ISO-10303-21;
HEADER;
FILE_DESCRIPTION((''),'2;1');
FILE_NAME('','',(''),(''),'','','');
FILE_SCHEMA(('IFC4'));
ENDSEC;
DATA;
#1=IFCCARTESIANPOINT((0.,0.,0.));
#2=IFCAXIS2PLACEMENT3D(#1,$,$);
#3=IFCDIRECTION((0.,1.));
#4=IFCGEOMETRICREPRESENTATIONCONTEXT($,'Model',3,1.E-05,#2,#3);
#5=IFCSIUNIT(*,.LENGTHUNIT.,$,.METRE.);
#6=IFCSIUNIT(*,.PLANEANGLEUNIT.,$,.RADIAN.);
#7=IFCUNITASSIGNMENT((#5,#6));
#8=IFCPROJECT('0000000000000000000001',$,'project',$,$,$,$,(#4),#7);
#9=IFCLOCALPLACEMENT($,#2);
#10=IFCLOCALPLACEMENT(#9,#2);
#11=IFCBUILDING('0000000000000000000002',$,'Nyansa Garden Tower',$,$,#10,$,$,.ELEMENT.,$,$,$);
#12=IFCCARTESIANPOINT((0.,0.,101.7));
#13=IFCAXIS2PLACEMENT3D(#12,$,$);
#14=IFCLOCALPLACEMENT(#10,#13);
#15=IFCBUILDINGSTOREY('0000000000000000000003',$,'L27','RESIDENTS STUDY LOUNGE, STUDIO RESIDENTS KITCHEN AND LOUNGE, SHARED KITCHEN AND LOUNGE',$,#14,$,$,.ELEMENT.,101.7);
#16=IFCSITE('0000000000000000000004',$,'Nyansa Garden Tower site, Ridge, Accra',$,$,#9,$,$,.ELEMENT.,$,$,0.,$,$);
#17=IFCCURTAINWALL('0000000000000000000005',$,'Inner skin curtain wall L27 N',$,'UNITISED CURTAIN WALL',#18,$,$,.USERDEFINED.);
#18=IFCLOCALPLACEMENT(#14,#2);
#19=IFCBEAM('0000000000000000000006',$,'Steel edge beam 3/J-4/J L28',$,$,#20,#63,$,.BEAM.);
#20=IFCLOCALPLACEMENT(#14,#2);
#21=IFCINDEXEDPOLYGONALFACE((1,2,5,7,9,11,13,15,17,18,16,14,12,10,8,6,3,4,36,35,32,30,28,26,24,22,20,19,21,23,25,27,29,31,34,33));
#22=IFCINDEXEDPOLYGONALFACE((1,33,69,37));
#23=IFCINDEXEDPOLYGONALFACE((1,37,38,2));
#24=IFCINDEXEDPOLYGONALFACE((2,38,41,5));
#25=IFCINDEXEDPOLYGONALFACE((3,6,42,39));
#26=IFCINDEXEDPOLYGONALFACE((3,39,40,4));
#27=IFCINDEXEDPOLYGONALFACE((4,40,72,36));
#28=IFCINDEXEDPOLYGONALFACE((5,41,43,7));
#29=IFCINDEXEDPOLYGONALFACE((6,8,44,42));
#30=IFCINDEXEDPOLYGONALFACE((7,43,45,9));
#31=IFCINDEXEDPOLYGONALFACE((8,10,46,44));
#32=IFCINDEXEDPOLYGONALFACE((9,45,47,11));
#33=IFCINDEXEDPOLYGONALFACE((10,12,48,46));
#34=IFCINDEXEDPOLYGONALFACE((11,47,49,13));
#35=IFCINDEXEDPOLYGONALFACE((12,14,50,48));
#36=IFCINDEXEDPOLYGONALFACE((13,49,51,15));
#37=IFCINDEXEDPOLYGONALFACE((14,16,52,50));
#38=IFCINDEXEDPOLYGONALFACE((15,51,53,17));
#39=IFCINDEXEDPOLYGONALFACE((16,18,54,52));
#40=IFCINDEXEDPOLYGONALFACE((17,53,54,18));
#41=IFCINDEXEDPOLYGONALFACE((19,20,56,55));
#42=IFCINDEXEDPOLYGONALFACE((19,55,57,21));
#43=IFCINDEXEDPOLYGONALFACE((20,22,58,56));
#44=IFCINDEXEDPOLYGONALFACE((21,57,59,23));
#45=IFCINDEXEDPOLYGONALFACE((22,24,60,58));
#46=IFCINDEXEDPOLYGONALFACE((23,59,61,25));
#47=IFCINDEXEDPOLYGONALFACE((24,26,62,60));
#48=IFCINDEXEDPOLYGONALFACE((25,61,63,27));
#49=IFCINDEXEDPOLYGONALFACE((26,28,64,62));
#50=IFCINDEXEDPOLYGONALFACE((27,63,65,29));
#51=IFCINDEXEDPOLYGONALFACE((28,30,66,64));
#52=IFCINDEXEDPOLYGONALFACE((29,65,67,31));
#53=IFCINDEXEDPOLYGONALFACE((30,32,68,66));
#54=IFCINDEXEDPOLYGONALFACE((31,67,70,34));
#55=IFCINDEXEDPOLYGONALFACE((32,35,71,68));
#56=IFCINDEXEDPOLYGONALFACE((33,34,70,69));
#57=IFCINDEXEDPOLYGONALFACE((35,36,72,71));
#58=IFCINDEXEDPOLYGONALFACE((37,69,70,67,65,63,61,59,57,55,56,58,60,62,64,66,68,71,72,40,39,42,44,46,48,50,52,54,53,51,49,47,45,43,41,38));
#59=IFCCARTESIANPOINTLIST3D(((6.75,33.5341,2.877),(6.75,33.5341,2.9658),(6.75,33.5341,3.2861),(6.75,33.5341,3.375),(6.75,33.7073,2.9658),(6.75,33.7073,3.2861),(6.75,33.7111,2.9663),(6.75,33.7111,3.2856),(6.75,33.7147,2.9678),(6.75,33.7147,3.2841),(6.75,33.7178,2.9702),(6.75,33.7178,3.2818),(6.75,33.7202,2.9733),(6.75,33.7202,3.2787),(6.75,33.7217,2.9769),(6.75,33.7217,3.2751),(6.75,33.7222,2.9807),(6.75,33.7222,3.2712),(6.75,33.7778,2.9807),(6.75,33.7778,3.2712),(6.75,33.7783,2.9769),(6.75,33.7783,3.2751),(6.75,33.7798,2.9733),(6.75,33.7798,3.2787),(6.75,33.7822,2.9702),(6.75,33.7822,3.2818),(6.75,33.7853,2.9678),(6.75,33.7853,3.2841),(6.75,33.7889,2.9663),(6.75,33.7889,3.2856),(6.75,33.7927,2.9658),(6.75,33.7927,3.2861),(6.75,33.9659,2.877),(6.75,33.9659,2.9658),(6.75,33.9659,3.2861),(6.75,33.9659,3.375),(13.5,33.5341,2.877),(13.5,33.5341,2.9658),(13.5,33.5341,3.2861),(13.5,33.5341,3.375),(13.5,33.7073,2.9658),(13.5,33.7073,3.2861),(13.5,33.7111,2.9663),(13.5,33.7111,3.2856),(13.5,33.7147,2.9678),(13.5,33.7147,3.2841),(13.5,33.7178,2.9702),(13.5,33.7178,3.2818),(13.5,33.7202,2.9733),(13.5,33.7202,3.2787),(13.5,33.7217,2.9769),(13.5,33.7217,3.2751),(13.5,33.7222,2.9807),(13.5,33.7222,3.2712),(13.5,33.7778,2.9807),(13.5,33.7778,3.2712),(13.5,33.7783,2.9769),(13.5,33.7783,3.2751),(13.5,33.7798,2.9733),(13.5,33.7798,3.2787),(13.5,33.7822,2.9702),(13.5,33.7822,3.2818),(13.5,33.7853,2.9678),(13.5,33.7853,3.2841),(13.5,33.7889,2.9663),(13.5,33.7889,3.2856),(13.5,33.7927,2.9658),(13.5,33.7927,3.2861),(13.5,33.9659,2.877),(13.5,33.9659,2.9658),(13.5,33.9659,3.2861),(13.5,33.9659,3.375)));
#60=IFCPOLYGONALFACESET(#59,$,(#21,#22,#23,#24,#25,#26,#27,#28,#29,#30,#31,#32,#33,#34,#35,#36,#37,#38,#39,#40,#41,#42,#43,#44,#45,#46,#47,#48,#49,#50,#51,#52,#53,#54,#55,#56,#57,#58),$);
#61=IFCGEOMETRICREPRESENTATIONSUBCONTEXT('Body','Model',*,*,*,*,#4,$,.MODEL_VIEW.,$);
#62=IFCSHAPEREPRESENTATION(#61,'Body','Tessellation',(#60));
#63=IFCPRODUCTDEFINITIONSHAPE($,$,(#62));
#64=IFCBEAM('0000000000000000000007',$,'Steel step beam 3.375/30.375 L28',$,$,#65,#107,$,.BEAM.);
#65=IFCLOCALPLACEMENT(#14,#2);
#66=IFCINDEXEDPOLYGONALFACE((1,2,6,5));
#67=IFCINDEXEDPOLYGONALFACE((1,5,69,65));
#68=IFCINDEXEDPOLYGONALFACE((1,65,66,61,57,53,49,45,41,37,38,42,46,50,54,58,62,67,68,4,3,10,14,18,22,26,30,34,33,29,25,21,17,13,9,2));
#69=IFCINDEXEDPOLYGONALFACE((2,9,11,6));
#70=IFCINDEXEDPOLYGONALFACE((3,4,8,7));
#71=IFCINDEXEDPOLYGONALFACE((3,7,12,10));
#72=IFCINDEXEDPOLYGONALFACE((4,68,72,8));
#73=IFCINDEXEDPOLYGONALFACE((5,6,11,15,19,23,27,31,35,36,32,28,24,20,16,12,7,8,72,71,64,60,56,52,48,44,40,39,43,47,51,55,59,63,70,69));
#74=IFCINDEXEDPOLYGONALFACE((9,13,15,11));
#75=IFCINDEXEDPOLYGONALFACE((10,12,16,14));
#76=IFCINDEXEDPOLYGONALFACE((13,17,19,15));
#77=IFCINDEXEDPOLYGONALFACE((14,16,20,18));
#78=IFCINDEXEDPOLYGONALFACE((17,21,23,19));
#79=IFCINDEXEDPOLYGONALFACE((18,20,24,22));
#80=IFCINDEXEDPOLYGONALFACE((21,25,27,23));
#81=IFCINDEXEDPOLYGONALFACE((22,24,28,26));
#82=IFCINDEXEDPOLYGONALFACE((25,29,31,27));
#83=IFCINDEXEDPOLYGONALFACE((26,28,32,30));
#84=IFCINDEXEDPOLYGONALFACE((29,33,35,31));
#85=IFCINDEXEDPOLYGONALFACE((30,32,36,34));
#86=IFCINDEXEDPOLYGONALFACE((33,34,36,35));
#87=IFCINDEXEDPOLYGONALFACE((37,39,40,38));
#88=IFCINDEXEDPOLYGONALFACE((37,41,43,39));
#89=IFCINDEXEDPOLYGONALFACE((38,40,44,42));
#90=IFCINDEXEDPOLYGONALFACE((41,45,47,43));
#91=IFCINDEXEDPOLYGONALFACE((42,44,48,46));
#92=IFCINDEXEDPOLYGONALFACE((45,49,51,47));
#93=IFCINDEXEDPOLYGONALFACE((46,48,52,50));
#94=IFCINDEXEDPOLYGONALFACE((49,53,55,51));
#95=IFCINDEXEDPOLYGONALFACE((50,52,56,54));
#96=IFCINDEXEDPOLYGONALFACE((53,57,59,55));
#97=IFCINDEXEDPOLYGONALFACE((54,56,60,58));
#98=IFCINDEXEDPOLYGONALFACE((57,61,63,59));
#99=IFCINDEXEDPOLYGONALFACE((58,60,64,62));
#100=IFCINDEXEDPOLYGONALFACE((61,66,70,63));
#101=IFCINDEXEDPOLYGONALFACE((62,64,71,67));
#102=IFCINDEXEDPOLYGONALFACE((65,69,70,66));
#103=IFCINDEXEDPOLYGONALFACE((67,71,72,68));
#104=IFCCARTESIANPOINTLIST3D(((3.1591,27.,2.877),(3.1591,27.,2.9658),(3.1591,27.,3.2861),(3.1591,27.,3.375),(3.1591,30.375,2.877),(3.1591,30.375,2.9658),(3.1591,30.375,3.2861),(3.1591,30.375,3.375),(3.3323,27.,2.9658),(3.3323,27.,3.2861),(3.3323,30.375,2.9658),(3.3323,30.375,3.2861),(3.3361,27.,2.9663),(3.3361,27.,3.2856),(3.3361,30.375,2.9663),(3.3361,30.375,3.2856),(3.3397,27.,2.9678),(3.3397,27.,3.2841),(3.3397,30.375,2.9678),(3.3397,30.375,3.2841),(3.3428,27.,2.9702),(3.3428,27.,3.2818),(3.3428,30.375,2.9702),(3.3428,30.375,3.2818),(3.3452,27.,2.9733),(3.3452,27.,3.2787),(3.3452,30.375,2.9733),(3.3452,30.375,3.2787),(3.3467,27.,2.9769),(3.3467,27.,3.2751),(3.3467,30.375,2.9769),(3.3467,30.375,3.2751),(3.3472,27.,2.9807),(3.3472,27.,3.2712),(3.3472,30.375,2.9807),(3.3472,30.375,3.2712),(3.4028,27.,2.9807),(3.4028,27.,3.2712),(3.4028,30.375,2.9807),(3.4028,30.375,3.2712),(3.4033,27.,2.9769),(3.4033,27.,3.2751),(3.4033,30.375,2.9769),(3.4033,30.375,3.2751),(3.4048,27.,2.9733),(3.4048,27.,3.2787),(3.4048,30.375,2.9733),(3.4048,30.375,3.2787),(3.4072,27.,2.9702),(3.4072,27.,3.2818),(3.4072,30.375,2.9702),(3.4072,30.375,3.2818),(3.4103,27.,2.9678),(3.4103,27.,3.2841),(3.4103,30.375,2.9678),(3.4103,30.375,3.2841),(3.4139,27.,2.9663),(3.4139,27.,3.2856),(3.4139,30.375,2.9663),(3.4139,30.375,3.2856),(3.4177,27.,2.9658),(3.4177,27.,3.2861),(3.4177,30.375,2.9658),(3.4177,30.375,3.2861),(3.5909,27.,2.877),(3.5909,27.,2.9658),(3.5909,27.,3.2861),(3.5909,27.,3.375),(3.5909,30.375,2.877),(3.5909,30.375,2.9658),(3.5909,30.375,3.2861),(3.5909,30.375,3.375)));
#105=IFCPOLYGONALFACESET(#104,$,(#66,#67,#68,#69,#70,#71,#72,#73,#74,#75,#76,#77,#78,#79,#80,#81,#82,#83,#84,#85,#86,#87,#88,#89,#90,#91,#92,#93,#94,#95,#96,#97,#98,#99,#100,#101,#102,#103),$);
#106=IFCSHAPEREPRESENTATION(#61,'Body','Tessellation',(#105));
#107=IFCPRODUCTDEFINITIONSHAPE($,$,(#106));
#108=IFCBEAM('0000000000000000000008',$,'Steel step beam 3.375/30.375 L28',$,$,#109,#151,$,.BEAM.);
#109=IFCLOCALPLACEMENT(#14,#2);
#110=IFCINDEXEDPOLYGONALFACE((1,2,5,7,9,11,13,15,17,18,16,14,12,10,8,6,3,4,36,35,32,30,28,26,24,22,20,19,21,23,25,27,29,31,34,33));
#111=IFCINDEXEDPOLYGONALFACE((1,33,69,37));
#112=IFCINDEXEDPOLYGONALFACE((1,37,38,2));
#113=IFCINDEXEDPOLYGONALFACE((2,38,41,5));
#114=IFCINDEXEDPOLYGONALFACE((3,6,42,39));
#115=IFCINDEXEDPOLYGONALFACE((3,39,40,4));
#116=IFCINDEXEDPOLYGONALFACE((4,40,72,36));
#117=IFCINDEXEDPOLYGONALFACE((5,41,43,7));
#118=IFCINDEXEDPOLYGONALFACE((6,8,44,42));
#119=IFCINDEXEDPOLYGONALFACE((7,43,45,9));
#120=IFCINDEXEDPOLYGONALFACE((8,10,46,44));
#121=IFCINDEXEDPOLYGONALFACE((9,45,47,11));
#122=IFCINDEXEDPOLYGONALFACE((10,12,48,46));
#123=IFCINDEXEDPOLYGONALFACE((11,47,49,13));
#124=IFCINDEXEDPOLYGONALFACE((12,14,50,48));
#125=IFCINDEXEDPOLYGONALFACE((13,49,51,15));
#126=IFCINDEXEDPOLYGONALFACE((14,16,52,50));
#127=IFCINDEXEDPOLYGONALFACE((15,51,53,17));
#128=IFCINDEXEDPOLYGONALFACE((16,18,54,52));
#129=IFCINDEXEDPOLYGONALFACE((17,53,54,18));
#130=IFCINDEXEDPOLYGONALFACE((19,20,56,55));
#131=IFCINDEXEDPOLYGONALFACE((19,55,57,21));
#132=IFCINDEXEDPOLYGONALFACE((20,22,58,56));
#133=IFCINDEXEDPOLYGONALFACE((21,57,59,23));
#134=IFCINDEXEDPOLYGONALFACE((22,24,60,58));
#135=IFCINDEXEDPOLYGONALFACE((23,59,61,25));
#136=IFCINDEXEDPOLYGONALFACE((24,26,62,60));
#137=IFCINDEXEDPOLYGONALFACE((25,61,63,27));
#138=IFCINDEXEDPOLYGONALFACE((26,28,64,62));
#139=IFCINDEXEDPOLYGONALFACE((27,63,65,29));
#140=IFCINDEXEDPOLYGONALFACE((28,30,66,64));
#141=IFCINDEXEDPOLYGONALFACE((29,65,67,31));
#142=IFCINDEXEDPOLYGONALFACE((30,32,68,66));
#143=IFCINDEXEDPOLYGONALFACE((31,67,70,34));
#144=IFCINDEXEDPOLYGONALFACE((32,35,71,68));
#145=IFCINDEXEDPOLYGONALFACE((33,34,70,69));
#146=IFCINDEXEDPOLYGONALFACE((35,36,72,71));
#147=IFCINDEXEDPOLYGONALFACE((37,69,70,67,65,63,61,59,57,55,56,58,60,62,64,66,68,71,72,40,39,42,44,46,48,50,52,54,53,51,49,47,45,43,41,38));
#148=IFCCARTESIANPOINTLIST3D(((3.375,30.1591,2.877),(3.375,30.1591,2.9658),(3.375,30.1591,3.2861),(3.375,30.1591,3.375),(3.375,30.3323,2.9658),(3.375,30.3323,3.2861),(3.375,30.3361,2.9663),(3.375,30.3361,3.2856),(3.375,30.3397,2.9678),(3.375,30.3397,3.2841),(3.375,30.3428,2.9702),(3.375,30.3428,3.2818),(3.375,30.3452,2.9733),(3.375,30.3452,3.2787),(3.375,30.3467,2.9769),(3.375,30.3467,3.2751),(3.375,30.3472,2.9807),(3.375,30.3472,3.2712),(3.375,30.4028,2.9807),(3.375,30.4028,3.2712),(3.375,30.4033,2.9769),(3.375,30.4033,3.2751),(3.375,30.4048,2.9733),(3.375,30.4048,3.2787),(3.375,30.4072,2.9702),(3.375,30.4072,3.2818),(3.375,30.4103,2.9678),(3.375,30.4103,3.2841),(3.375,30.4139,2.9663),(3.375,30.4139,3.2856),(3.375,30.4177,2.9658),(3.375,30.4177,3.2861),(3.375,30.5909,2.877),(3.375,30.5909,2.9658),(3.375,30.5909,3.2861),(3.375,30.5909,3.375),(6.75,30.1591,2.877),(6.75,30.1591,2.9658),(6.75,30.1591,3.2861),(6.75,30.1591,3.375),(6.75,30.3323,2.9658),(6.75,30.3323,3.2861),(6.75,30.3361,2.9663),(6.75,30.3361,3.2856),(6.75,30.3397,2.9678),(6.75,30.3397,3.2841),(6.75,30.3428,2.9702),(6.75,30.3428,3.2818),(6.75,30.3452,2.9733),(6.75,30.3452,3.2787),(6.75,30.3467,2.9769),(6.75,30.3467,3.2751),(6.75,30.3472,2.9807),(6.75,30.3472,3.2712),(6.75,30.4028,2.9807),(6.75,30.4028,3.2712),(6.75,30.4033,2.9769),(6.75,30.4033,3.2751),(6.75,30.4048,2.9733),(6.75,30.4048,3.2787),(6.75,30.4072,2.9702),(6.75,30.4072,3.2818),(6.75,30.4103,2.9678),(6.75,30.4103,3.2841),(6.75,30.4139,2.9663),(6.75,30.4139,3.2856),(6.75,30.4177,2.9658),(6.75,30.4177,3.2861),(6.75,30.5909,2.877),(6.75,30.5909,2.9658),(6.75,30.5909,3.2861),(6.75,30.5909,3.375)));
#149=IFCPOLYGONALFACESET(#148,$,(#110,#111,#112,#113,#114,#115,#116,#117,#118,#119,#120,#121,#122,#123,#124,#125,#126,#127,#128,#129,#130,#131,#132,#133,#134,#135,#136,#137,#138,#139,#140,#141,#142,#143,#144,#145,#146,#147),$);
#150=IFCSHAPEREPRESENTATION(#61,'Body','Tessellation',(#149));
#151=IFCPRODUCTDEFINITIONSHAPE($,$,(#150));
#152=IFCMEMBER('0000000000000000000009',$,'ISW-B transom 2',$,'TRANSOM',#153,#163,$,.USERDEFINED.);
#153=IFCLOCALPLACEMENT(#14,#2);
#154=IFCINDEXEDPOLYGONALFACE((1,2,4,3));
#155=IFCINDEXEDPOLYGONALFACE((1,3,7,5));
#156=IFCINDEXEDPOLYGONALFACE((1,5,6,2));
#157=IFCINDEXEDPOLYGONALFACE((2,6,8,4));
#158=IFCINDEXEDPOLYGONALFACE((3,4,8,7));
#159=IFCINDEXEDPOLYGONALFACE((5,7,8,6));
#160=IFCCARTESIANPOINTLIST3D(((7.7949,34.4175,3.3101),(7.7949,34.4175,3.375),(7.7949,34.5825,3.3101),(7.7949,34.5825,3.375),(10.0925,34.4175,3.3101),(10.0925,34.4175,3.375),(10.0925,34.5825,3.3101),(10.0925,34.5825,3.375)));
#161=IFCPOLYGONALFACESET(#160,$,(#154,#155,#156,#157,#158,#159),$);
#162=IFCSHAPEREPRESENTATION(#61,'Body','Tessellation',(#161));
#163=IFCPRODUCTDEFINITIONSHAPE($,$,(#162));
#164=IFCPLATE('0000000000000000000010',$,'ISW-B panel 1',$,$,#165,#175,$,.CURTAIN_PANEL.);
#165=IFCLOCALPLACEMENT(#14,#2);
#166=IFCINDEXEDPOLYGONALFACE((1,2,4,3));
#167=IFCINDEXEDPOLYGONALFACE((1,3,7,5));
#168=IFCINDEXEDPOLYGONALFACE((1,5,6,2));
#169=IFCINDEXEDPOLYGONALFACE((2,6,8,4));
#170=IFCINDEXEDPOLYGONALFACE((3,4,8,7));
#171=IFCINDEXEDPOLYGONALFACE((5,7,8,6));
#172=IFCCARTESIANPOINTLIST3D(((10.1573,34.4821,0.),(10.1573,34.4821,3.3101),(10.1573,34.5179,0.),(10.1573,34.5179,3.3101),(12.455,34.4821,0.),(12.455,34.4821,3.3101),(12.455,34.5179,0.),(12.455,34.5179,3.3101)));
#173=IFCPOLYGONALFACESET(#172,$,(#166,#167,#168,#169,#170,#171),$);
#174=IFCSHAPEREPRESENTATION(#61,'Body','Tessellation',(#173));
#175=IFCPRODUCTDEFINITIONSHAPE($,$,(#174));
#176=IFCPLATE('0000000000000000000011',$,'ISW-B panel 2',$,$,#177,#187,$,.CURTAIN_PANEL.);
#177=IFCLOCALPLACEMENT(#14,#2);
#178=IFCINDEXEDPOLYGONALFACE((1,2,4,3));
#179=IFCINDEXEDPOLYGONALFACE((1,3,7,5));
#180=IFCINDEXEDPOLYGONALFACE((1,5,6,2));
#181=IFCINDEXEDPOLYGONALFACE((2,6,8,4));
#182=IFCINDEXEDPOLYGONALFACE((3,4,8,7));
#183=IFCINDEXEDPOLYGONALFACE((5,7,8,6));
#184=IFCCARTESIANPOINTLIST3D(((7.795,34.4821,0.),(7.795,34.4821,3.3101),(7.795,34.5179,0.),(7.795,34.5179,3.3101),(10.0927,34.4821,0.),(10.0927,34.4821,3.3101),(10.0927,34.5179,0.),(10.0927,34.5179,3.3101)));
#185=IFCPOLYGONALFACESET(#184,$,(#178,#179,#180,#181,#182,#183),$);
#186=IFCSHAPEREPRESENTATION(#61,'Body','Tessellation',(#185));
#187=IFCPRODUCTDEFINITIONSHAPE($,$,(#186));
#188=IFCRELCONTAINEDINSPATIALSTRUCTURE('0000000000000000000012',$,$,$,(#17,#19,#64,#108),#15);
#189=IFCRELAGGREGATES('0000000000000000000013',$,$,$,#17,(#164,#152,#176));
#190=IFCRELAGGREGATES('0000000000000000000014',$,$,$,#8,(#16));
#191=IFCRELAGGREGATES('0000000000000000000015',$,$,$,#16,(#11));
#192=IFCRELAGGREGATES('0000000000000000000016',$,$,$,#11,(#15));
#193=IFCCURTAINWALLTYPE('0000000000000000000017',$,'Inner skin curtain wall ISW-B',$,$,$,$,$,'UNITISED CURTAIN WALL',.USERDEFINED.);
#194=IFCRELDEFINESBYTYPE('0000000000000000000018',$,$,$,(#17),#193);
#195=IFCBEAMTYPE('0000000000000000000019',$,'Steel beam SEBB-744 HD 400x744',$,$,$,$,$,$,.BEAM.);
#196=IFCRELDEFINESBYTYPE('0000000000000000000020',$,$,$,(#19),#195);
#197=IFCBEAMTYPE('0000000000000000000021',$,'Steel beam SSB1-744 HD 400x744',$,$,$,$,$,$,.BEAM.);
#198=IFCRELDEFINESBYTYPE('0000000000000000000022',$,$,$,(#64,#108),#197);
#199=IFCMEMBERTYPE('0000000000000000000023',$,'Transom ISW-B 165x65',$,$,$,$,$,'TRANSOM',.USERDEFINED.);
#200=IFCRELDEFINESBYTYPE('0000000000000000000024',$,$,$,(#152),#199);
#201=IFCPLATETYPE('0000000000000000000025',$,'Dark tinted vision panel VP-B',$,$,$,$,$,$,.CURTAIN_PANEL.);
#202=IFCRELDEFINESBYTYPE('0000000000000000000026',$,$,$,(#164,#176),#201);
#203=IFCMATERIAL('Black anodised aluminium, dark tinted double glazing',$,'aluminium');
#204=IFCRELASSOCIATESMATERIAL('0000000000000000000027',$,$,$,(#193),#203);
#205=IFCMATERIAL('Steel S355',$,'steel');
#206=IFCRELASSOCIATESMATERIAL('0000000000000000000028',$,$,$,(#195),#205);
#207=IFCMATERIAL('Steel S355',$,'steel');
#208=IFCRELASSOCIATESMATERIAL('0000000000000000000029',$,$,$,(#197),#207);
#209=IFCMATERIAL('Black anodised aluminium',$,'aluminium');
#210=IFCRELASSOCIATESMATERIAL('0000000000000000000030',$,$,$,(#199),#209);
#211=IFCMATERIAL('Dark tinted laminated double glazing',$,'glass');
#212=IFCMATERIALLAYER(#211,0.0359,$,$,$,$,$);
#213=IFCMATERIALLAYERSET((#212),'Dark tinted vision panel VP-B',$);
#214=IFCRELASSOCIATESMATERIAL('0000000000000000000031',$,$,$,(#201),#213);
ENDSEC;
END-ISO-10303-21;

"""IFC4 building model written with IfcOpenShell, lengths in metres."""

from ifc_helpers import new_model, si_unit, direction, frame, origin, origin_2d, place, context, subcontext, project, spatial, rectangle, i_section, extrude, material, layer, layer_set, material_profile, profile_set, type_object, element, aggregate, save


model = new_model("IFC4")

# Units and contexts
model_context = context("Model", 3, precision=1e-05, world=origin(), true_north=direction((0.0, 1.0)))
body_context = subcontext(model_context, "Body", "Model", "MODEL_VIEW")
ifc_project = project(units=[si_unit("LENGTHUNIT", "METRE"), si_unit("PLANEANGLEUNIT", "RADIAN")], contexts=[model_context])

# Site, building, storey
site_placement = place(None, origin())
site = spatial("IfcSite", under=ifc_project, at=site_placement, Name="Nyansa Garden Tower site, Ridge, Accra", CompositionType="ELEMENT", RefElevation=0.0)
building_placement = place(site_placement, origin())
building = spatial("IfcBuilding", under=site, at=building_placement, Name="Nyansa Garden Tower", CompositionType="ELEMENT")
storey_placement = place(building_placement, frame((0.0, 0.0, 101.7)))
storey = spatial("IfcBuildingStorey", under=building, at=storey_placement, Name="L27", Description="RESIDENTS STUDY LOUNGE, STUDIO RESIDENTS KITCHEN AND LOUNGE, SHARED KITCHEN AND LOUNGE", CompositionType="ELEMENT", Elevation=101.7)

# Curtain wall
ifc_material_1 = material(Name="Black anodised aluminium, dark tinted double glazing", Category="aluminium")
curtain_wall_type = type_object("IfcCurtainWallType", Name="Inner skin curtain wall ISW-B", ElementType="UNITISED CURTAIN WALL", PredefinedType="USERDEFINED", material=ifc_material_1)
curtain_wall_placement = place(storey_placement, origin())
curtain_wall = element("IfcCurtainWall", 1, at=curtain_wall_placement, inside=storey, type_object=curtain_wall_type, Name="Inner skin curtain wall L27 N", ObjectType="UNITISED CURTAIN WALL", PredefinedType="USERDEFINED")

# Beams
ifc_material_2 = material(Name="Steel S355", Category="steel")
ifc_material_profile_1 = material_profile(ifc_material_2, i_section(OverallWidth=0.4319, OverallDepth=0.498, WebThickness=0.0557, FlangeThickness=0.0889, FilletRadius=0.0149, at=origin_2d()), Name="HD 400x744")
ifc_profile_set_1 = profile_set([ifc_material_profile_1], Name="Steel S355")
beam_type_1 = type_object("IfcBeamType", Name="Steel beam SEBB-744 HD 400x744", PredefinedType="BEAM", material=ifc_profile_set_1)
beam_1_placement = place(storey_placement, frame((6.75, 33.75, 3.126), z_axis=(1.0, 0.0, 0.0), x_axis=(0.0, 1.0, 0.0)))
element("IfcBeam", 2, at=beam_1_placement, inside=storey, type_object=beam_type_1, Name="Steel edge beam 3/J-4/J L28", PredefinedType="BEAM", context=body_context, shape_type="SweptSolid", body=[
    extrude(i_section(OverallWidth=0.4319, OverallDepth=0.498, WebThickness=0.0557, FlangeThickness=0.0889, FilletRadius=0.0149, at=origin_2d()), origin(), (0.0, 0.0, 1.0), 6.75),
])
ifc_material_3 = material(Name="Steel S355", Category="steel")
ifc_material_profile_2 = material_profile(ifc_material_3, i_section(OverallWidth=0.4319, OverallDepth=0.498, WebThickness=0.0557, FlangeThickness=0.0889, FilletRadius=0.0149, at=origin_2d()), Name="HD 400x744")
ifc_profile_set_2 = profile_set([ifc_material_profile_2], Name="Steel S355")
beam_type_2 = type_object("IfcBeamType", Name="Steel beam SSB1-744 HD 400x744", PredefinedType="BEAM", material=ifc_profile_set_2)
for number, where, z_axis, x_axis, name in (
    (3, (3.375, 30.375, 3.126), (0.0, -1.0, 0.0), (1.0, 0.0, 0.0), "Steel step beam 3.375/30.375 L28"),
    (4, (3.375, 30.375, 3.126), (1.0, 0.0, 0.0), (0.0, 1.0, 0.0), "Steel step beam 3.375/30.375 L28"),
):
    element("IfcBeam", number, at=place(storey_placement, frame(where, z_axis=z_axis, x_axis=x_axis)), inside=storey, type_object=beam_type_2, Name=name, PredefinedType="BEAM", context=body_context, shape_type="SweptSolid", body=[
        extrude(i_section(OverallWidth=0.4319, OverallDepth=0.498, WebThickness=0.0557, FlangeThickness=0.0889, FilletRadius=0.0149, at=origin_2d()), origin(), (0.0, 0.0, 1.0), 3.375),
    ])

# Member
ifc_material_4 = material(Name="Black anodised aluminium", Category="aluminium")
ifc_material_profile_3 = material_profile(ifc_material_4, rectangle(XDim=0.165, YDim=0.0649, at=origin_2d()), Name="Transom 165x65")
ifc_profile_set_3 = profile_set([ifc_material_profile_3], Name="Black anodised aluminium")
member_type_1 = type_object("IfcMemberType", Name="Transom ISW-B 165x65", ElementType="TRANSOM", PredefinedType="USERDEFINED", material=ifc_profile_set_3)
member_1_placement = place(storey_placement, frame((10.0925, 34.5, 3.3425), z_axis=(-1.0, 0.0, 0.0), x_axis=(0.0, -1.0, 0.0)))
member_1 = element("IfcMember", 5, at=member_1_placement, type_object=member_type_1, Name="ISW-B transom 2", ObjectType="TRANSOM", PredefinedType="USERDEFINED", context=body_context, shape_type="SweptSolid", body=[
    extrude(rectangle(XDim=0.165, YDim=0.0649, at=origin_2d()), origin(), (0.0, 0.0, 1.0), 2.2976),
])

# Plates
ifc_material_5 = material(Name="Dark tinted laminated double glazing", Category="glass")
ifc_layer_1 = layer(ifc_material_5, 0.0359)
ifc_layer_set_1 = layer_set([ifc_layer_1], Name="Dark tinted vision panel VP-B")
plate_type = type_object("IfcPlateType", Name="Dark tinted vision panel VP-B", PredefinedType="CURTAIN_PANEL", material=ifc_layer_set_1)
plate_1_placement = place(storey_placement, frame((11.3062, 34.5, 0.0), z_axis=(0.0, 0.0, 1.0), x_axis=(-1.0, 0.0, 0.0)))
plate_1 = element("IfcPlate", 6, at=plate_1_placement, type_object=plate_type, Name="ISW-B panel 1", PredefinedType="CURTAIN_PANEL", context=body_context, shape_type="SweptSolid", body=[
    extrude(rectangle(XDim=2.2976, YDim=0.0359, at=origin_2d()), origin(), (0.0, 0.0, 1.0), 3.3101),
])
plate_2_placement = place(storey_placement, frame((8.9438, 34.5, 0.0), z_axis=(0.0, 0.0, 1.0), x_axis=(-1.0, 0.0, 0.0)))
plate_2 = element("IfcPlate", 7, at=plate_2_placement, type_object=plate_type, Name="ISW-B panel 2", PredefinedType="CURTAIN_PANEL", context=body_context, shape_type="SweptSolid", body=[
    extrude(rectangle(XDim=2.2976, YDim=0.0359, at=origin_2d()), origin(), (0.0, 0.0, 1.0), 3.3101),
])
aggregate(curtain_wall, [plate_1, member_1, plate_2])

save(model, "model.ifc")
